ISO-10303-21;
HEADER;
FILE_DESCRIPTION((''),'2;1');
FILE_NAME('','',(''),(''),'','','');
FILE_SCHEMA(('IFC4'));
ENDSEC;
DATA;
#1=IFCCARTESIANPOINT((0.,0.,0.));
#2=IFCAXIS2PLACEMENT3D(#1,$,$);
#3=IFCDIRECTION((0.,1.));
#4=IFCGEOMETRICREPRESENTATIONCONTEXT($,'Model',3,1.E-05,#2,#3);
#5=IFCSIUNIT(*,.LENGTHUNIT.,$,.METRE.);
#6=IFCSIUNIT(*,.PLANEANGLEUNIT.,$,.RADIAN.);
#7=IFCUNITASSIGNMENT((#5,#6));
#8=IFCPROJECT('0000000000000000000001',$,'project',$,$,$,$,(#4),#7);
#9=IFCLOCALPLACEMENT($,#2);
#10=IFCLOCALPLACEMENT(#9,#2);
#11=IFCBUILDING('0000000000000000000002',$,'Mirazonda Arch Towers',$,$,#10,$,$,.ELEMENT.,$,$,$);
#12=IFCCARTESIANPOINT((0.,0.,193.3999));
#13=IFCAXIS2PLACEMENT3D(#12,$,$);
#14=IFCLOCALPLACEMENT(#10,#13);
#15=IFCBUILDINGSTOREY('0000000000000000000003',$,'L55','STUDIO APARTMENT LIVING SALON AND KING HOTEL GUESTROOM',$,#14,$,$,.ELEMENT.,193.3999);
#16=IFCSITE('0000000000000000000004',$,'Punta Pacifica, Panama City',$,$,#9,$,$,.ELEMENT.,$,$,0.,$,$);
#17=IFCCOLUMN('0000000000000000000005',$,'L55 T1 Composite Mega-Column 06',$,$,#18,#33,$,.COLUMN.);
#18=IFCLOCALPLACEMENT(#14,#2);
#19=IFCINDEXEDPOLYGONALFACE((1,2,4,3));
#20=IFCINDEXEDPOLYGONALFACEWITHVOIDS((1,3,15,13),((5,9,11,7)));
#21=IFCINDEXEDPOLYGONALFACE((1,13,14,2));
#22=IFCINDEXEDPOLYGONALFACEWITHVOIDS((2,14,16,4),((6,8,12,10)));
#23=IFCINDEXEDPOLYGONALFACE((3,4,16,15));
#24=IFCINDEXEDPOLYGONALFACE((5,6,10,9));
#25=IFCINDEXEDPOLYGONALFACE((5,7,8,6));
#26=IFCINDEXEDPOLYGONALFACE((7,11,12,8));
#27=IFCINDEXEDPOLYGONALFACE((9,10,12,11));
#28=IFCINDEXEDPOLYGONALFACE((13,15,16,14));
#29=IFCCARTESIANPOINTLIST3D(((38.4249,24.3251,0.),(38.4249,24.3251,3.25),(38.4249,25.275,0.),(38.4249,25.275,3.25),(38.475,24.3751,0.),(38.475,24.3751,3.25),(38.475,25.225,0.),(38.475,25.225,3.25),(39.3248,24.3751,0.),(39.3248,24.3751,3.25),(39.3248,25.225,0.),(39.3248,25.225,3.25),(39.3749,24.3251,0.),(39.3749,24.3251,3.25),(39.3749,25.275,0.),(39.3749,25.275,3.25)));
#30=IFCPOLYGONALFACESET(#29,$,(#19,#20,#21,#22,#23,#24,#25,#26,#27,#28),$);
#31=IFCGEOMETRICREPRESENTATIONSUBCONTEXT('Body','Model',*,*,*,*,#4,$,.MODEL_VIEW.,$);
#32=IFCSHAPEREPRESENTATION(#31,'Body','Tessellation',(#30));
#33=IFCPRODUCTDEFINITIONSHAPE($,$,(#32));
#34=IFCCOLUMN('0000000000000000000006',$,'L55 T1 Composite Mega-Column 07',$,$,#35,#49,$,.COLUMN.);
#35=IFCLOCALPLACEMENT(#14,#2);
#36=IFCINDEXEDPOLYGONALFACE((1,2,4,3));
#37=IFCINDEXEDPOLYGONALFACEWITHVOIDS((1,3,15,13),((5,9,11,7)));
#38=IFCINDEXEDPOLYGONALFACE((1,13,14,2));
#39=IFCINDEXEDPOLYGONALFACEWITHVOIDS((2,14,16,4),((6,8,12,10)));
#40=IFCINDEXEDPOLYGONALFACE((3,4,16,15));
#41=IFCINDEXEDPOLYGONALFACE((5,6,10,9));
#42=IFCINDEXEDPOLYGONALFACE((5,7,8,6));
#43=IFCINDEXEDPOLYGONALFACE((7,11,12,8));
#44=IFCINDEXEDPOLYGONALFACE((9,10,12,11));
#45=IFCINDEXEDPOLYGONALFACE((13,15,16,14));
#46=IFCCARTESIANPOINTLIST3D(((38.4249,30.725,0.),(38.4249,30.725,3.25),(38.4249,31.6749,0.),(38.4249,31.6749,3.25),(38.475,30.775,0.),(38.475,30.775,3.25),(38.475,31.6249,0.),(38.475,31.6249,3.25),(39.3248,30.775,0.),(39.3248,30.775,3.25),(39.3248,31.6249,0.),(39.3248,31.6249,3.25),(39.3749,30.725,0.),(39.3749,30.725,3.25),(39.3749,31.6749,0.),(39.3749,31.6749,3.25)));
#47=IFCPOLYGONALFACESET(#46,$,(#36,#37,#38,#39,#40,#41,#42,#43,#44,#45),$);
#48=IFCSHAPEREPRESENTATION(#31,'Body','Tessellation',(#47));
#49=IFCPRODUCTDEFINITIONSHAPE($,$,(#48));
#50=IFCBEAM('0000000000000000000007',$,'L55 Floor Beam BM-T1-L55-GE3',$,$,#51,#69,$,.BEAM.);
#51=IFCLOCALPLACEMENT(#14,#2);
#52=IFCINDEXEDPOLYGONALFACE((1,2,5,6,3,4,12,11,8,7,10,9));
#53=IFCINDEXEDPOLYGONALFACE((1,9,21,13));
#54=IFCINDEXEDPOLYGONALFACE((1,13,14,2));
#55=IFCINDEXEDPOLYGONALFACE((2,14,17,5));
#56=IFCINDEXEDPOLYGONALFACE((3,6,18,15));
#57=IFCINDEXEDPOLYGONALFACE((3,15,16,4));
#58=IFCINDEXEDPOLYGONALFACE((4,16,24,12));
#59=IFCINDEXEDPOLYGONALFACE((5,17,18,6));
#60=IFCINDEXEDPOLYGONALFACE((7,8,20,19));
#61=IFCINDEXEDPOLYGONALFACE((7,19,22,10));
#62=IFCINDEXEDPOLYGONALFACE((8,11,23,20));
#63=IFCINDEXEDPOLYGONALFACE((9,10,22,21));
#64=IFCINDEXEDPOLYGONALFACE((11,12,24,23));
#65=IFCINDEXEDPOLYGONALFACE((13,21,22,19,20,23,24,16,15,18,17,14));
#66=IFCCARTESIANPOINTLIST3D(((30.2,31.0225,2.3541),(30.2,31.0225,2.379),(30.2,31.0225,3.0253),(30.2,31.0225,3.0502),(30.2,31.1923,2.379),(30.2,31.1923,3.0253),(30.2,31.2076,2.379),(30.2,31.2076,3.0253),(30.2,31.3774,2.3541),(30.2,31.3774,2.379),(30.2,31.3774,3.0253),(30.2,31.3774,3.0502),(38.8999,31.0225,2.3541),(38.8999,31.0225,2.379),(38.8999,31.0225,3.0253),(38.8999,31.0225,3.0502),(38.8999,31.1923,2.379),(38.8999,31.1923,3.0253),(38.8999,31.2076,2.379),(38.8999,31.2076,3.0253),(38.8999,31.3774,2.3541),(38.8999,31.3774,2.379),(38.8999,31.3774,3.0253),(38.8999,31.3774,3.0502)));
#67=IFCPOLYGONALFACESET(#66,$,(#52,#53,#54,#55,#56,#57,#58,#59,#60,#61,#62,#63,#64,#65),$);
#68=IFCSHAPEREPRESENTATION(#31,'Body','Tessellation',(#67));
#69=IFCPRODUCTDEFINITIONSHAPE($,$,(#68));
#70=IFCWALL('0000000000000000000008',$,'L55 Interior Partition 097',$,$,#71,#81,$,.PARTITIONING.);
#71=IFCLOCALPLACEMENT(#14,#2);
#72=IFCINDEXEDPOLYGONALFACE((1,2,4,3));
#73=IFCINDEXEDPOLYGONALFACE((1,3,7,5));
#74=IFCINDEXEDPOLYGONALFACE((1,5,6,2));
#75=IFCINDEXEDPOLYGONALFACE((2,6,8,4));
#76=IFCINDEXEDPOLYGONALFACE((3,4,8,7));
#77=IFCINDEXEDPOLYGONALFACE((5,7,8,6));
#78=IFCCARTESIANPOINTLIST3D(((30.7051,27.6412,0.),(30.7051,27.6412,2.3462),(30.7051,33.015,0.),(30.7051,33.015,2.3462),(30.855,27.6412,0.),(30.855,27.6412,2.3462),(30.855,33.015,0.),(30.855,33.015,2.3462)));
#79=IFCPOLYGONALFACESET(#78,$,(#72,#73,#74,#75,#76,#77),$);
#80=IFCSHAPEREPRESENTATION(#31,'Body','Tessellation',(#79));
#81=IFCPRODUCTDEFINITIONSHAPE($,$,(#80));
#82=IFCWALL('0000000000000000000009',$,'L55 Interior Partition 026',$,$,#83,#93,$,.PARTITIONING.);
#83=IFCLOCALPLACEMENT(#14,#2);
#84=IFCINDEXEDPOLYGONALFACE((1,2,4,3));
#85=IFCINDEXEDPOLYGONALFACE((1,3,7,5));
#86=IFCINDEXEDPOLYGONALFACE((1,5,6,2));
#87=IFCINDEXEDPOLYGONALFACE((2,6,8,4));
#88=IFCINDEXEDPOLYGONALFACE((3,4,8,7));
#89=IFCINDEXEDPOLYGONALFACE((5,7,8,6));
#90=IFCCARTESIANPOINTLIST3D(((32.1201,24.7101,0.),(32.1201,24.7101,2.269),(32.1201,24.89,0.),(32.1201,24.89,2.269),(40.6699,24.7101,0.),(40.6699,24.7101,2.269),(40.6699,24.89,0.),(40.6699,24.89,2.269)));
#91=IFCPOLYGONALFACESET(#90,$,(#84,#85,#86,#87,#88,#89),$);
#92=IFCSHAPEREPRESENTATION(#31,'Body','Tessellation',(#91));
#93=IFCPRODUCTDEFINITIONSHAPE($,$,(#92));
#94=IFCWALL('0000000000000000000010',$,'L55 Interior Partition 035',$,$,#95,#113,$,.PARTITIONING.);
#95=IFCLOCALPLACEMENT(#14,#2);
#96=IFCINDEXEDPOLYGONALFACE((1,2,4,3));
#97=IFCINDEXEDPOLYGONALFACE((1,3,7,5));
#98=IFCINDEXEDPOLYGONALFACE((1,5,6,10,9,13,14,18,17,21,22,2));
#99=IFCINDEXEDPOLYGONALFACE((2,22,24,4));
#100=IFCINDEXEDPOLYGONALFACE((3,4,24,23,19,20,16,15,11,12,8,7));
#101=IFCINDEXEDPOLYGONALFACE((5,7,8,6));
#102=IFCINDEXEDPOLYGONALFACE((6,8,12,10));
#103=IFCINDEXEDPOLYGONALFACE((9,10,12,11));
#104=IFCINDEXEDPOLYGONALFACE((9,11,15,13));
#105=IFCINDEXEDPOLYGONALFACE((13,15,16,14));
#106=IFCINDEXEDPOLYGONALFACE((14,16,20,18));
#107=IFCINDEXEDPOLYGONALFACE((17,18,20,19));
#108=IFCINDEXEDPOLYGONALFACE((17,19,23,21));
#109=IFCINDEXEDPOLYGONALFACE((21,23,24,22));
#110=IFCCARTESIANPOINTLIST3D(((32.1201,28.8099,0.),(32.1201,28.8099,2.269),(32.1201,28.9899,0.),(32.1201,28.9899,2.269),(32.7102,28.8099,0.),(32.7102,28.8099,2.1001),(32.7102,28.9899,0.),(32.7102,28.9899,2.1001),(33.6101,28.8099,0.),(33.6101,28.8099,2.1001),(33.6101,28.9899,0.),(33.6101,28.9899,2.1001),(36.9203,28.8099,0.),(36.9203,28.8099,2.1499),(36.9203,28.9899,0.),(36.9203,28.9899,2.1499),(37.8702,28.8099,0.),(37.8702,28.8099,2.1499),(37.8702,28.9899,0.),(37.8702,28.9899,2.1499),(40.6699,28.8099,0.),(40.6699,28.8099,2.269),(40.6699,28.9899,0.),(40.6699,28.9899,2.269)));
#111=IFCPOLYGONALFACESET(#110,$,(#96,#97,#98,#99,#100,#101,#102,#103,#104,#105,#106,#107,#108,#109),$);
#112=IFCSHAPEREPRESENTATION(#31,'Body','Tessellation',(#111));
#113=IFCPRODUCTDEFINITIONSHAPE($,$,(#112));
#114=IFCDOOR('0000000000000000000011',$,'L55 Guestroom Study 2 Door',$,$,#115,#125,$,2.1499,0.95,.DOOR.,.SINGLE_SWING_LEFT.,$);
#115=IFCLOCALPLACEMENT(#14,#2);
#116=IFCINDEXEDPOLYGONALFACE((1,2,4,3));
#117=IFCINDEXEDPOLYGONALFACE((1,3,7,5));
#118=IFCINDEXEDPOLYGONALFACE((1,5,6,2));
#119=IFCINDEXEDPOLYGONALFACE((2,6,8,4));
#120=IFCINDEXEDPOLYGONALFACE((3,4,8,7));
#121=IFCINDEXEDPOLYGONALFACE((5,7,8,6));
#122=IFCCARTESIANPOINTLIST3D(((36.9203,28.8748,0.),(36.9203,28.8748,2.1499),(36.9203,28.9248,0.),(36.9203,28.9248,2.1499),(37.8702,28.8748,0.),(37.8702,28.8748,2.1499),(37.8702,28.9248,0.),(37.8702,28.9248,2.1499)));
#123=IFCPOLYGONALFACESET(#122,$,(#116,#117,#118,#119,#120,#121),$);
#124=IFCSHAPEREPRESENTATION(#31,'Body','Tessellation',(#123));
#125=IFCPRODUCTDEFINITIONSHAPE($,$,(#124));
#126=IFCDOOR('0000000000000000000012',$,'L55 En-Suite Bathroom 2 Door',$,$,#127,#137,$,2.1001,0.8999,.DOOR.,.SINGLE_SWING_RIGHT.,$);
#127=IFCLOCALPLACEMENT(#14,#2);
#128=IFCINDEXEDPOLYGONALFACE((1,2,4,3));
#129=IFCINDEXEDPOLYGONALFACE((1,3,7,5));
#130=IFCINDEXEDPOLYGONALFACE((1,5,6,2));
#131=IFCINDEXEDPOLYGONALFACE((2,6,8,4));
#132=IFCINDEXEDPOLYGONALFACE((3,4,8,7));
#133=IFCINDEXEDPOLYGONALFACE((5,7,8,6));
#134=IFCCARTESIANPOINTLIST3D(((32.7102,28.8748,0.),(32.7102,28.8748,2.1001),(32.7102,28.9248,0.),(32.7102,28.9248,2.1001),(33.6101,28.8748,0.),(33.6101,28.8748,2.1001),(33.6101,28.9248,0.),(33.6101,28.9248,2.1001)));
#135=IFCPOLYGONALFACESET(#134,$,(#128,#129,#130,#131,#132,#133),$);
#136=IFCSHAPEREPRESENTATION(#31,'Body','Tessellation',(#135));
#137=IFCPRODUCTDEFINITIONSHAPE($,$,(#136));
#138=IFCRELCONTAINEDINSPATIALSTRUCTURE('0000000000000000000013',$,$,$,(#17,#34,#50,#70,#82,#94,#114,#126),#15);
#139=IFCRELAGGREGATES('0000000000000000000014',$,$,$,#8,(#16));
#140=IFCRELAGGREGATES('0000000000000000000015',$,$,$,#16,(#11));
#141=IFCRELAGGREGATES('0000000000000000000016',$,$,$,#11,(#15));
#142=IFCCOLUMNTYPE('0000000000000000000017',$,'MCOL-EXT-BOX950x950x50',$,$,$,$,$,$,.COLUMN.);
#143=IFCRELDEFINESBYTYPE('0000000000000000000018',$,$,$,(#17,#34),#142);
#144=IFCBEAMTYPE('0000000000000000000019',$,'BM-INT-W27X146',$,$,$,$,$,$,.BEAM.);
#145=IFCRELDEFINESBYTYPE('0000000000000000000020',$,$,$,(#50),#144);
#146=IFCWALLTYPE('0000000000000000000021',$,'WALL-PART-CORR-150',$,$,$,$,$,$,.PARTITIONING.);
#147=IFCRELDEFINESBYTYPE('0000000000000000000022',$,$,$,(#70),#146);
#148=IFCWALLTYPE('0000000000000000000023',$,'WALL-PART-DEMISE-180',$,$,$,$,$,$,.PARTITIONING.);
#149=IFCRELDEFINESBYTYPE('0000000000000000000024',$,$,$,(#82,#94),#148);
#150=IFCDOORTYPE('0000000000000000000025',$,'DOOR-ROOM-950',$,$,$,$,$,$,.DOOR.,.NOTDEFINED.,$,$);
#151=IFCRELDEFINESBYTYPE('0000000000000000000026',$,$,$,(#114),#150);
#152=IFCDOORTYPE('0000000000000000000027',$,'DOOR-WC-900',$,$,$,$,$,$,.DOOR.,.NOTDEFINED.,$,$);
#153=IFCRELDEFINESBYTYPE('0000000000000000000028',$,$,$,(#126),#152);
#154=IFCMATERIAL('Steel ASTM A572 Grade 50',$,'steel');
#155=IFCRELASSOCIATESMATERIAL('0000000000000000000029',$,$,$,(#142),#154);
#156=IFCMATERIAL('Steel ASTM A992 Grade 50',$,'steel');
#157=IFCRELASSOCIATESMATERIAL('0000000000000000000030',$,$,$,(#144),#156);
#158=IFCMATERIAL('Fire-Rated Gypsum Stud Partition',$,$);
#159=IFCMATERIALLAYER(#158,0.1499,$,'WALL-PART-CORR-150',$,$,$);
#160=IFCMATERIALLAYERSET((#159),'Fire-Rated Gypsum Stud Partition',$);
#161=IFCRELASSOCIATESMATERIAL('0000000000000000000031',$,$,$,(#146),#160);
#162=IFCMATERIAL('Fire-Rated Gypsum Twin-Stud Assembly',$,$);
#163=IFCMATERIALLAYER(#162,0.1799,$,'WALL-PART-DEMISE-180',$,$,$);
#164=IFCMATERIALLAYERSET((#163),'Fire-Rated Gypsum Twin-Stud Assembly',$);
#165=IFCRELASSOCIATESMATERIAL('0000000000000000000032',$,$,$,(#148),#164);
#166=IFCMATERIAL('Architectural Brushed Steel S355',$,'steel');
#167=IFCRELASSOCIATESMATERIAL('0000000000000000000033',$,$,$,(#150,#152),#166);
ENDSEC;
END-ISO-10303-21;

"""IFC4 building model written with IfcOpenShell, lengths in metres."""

from ifc_helpers import new_model, si_unit, direction, frame, frame_2d, origin, origin_2d, place, context, subcontext, project, spatial, rectangle, hollow_rectangle, i_section, extrude, material, layer, layer_set, material_profile, profile_set, type_object, element, fill, save


model = new_model("IFC4")

# Units and contexts
model_context = context("Model", 3, precision=1e-05, world=origin(), true_north=direction((0.0, 1.0)))
body_context = subcontext(model_context, "Body", "Model", "MODEL_VIEW")
ifc_project = project(units=[si_unit("LENGTHUNIT", "METRE"), si_unit("PLANEANGLEUNIT", "RADIAN")], contexts=[model_context])

# Site, building, storey
site_placement = place(None, origin())
site = spatial("IfcSite", under=ifc_project, at=site_placement, Name="Punta Pacifica, Panama City", CompositionType="ELEMENT", RefElevation=0.0)
building_placement = place(site_placement, origin())
building = spatial("IfcBuilding", under=site, at=building_placement, Name="Mirazonda Arch Towers", CompositionType="ELEMENT")
storey_placement = place(building_placement, frame((0.0, 0.0, 193.3999)))
storey = spatial("IfcBuildingStorey", under=building, at=storey_placement, Name="L55", Description="STUDIO APARTMENT LIVING SALON AND KING HOTEL GUESTROOM", CompositionType="ELEMENT", Elevation=193.3999)

# Columns
ifc_material_1 = material(Name="Steel ASTM A572 Grade 50", Category="steel")
ifc_material_profile_1 = material_profile(ifc_material_1, hollow_rectangle(XDim=0.95, YDim=0.95, WallThickness=0.05, at=origin_2d()), Name="BOX950x950x50")
ifc_profile_set_1 = profile_set([ifc_material_profile_1], Name="Steel ASTM A572 Grade 50")
column_type = type_object("IfcColumnType", Name="MCOL-EXT-BOX950x950x50", PredefinedType="COLUMN", material=ifc_profile_set_1)
for number, where, z_axis, x_axis, name in (
    (1, (38.8999, 24.8, 0.0), (0.0, 0.0, 1.0), (1.0, 0.0, 0.0), "L55 T1 Composite Mega-Column 06"),
    (2, (38.8999, 31.2, 0.0), (0.0, 0.0, 1.0), (1.0, 0.0, 0.0), "L55 T1 Composite Mega-Column 07"),
):
    element("IfcColumn", number, at=place(storey_placement, frame(where, z_axis=z_axis, x_axis=x_axis)), inside=storey, type_object=column_type, Name=name, PredefinedType="COLUMN", context=body_context, shape_type="SweptSolid", body=[
        extrude(hollow_rectangle(XDim=0.95, YDim=0.95, WallThickness=0.05, at=origin_2d()), origin(), (0.0, 0.0, 1.0), 3.25),
    ])

# Beam
ifc_material_2 = material(Name="Steel ASTM A992 Grade 50", Category="steel")
ifc_material_profile_2 = material_profile(ifc_material_2, i_section(OverallWidth=0.355, OverallDepth=0.696, WebThickness=0.0154, FlangeThickness=0.0249, at=origin_2d()), Name="W27X146")
ifc_profile_set_2 = profile_set([ifc_material_profile_2], Name="Steel ASTM A992 Grade 50")
beam_type = type_object("IfcBeamType", Name="BM-INT-W27X146", PredefinedType="BEAM", material=ifc_profile_set_2)
beam_placement = place(storey_placement, frame((30.2, 31.2, 2.7021), z_axis=(1.0, 0.0, 0.0), x_axis=(0.0, 1.0, 0.0)))
element("IfcBeam", 3, at=beam_placement, inside=storey, type_object=beam_type, Name="L55 Floor Beam BM-T1-L55-GE3", PredefinedType="BEAM", context=body_context, shape_type="SweptSolid", body=[
    extrude(i_section(OverallWidth=0.355, OverallDepth=0.696, WebThickness=0.0154, FlangeThickness=0.0249, at=origin_2d()), origin(), (0.0, 0.0, 1.0), 8.7),
])

# Walls
ifc_material_3 = material(Name="Fire-Rated Gypsum Stud Partition")
ifc_layer_1 = layer(ifc_material_3, 0.1499, Name="WALL-PART-CORR-150")
ifc_layer_set_1 = layer_set([ifc_layer_1], Name="Fire-Rated Gypsum Stud Partition")
wall_type_1 = type_object("IfcWallType", Name="WALL-PART-CORR-150", PredefinedType="PARTITIONING", material=ifc_layer_set_1)
wall_1_placement = place(storey_placement, frame((30.78, 27.6411, 0.0), z_axis=(0.0, 0.0, 1.0), x_axis=(0.0, 1.0, 0.0)))
element("IfcWall", 4, at=wall_1_placement, inside=storey, type_object=wall_type_1, Name="L55 Interior Partition 097", PredefinedType="PARTITIONING", context=body_context, shape_type="SweptSolid", body=[
    extrude(rectangle(XDim=5.3738, YDim=0.1499, at=frame_2d((2.687, 0.0))), origin(), (0.0, 0.0, 1.0), 2.3462),
])
ifc_material_4 = material(Name="Fire-Rated Gypsum Twin-Stud Assembly")
ifc_layer_2 = layer(ifc_material_4, 0.1799, Name="WALL-PART-DEMISE-180")
ifc_layer_set_2 = layer_set([ifc_layer_2], Name="Fire-Rated Gypsum Twin-Stud Assembly")
wall_type_2 = type_object("IfcWallType", Name="WALL-PART-DEMISE-180", PredefinedType="PARTITIONING", material=ifc_layer_set_2)
wall_2_placement = place(storey_placement, frame((32.1201, 24.8, 0.0), z_axis=(0.0, 0.0, 1.0), x_axis=(1.0, 0.0, 0.0)))
element("IfcWall", 5, at=wall_2_placement, inside=storey, type_object=wall_type_2, Name="L55 Interior Partition 026", PredefinedType="PARTITIONING", context=body_context, shape_type="SweptSolid", body=[
    extrude(rectangle(XDim=8.5498, YDim=0.1799, at=frame_2d((4.2749, 0.0))), origin(), (0.0, 0.0, 1.0), 2.269),
])

# Wall, openings, doors
wall_3_placement = place(storey_placement, frame((32.1201, 28.8999, 0.0), z_axis=(0.0, 0.0, 1.0), x_axis=(1.0, 0.0, 0.0)))
wall_3 = element("IfcWall", 6, at=wall_3_placement, inside=storey, type_object=wall_type_2, Name="L55 Interior Partition 035", PredefinedType="PARTITIONING", context=body_context, shape_type="SweptSolid", body=[
    extrude(rectangle(XDim=8.5498, YDim=0.1799, at=frame_2d((4.2749, 0.0))), origin(), (0.0, 0.0, 1.0), 2.269),
])
opening_1_placement = place(wall_3_placement, frame((4.8, 0.0, 0.0)))
opening_1 = element("IfcOpeningElement", 7, at=opening_1_placement, cuts=wall_3, PredefinedType="OPENING", context=body_context, shape_type="SweptSolid", body=[
    extrude(rectangle(XDim=0.95, YDim=2.1499, at=frame_2d((0.4751, 1.075))), frame((0.0, 0.0999, 0.0), z_axis=(0.0, -1.0, 0.0), x_axis=(1.0, 0.0, 0.0)), (0.0, 0.0, 1.0), 0.2),
])
opening_2_placement = place(wall_3_placement, frame((0.5901, 0.0, 0.0)))
opening_2 = element("IfcOpeningElement", 8, at=opening_2_placement, cuts=wall_3, PredefinedType="OPENING", context=body_context, shape_type="SweptSolid", body=[
    extrude(rectangle(XDim=0.8999, YDim=2.1001, at=frame_2d((0.45, 1.05))), frame((0.0, 0.0999, 0.0), z_axis=(0.0, -1.0, 0.0), x_axis=(1.0, 0.0, 0.0)), (0.0, 0.0, 1.0), 0.2),
])
ifc_material_5 = material(Name="Architectural Brushed Steel S355", Category="steel")
door_type_1 = type_object("IfcDoorType", Name="DOOR-ROOM-950", OperationType="NOTDEFINED", PredefinedType="DOOR", material=ifc_material_5)
door_1_placement = place(opening_1_placement, origin())
door_1 = element("IfcDoor", 9, at=door_1_placement, inside=storey, type_object=door_type_1, Name="L55 Guestroom Study 2 Door", OperationType="SINGLE_SWING_LEFT", OverallHeight=2.1499, OverallWidth=0.95, PredefinedType="DOOR", context=body_context, shape_type="SweptSolid", body=[
    extrude(rectangle(XDim=0.95, YDim=2.1499, at=frame_2d((0.4751, 1.075))), frame((0.0, 0.0249, 0.0), z_axis=(0.0, -1.0, 0.0), x_axis=(1.0, 0.0, 0.0)), (0.0, 0.0, 1.0), 0.05),
])
fill(opening_1, door_1)
door_type_2 = type_object("IfcDoorType", Name="DOOR-WC-900", OperationType="NOTDEFINED", PredefinedType="DOOR", material=ifc_material_5)
door_2_placement = place(opening_2_placement, origin())
door_2 = element("IfcDoor", 10, at=door_2_placement, inside=storey, type_object=door_type_2, Name="L55 En-Suite Bathroom 2 Door", OperationType="SINGLE_SWING_RIGHT", OverallHeight=2.1001, OverallWidth=0.8999, PredefinedType="DOOR", context=body_context, shape_type="SweptSolid", body=[
    extrude(rectangle(XDim=0.8999, YDim=2.1001, at=frame_2d((0.45, 1.05))), frame((0.0, 0.0249, 0.0), z_axis=(0.0, -1.0, 0.0), x_axis=(1.0, 0.0, 0.0)), (0.0, 0.0, 1.0), 0.05),
])
fill(opening_2, door_2)

save(model, "model.ifc")
